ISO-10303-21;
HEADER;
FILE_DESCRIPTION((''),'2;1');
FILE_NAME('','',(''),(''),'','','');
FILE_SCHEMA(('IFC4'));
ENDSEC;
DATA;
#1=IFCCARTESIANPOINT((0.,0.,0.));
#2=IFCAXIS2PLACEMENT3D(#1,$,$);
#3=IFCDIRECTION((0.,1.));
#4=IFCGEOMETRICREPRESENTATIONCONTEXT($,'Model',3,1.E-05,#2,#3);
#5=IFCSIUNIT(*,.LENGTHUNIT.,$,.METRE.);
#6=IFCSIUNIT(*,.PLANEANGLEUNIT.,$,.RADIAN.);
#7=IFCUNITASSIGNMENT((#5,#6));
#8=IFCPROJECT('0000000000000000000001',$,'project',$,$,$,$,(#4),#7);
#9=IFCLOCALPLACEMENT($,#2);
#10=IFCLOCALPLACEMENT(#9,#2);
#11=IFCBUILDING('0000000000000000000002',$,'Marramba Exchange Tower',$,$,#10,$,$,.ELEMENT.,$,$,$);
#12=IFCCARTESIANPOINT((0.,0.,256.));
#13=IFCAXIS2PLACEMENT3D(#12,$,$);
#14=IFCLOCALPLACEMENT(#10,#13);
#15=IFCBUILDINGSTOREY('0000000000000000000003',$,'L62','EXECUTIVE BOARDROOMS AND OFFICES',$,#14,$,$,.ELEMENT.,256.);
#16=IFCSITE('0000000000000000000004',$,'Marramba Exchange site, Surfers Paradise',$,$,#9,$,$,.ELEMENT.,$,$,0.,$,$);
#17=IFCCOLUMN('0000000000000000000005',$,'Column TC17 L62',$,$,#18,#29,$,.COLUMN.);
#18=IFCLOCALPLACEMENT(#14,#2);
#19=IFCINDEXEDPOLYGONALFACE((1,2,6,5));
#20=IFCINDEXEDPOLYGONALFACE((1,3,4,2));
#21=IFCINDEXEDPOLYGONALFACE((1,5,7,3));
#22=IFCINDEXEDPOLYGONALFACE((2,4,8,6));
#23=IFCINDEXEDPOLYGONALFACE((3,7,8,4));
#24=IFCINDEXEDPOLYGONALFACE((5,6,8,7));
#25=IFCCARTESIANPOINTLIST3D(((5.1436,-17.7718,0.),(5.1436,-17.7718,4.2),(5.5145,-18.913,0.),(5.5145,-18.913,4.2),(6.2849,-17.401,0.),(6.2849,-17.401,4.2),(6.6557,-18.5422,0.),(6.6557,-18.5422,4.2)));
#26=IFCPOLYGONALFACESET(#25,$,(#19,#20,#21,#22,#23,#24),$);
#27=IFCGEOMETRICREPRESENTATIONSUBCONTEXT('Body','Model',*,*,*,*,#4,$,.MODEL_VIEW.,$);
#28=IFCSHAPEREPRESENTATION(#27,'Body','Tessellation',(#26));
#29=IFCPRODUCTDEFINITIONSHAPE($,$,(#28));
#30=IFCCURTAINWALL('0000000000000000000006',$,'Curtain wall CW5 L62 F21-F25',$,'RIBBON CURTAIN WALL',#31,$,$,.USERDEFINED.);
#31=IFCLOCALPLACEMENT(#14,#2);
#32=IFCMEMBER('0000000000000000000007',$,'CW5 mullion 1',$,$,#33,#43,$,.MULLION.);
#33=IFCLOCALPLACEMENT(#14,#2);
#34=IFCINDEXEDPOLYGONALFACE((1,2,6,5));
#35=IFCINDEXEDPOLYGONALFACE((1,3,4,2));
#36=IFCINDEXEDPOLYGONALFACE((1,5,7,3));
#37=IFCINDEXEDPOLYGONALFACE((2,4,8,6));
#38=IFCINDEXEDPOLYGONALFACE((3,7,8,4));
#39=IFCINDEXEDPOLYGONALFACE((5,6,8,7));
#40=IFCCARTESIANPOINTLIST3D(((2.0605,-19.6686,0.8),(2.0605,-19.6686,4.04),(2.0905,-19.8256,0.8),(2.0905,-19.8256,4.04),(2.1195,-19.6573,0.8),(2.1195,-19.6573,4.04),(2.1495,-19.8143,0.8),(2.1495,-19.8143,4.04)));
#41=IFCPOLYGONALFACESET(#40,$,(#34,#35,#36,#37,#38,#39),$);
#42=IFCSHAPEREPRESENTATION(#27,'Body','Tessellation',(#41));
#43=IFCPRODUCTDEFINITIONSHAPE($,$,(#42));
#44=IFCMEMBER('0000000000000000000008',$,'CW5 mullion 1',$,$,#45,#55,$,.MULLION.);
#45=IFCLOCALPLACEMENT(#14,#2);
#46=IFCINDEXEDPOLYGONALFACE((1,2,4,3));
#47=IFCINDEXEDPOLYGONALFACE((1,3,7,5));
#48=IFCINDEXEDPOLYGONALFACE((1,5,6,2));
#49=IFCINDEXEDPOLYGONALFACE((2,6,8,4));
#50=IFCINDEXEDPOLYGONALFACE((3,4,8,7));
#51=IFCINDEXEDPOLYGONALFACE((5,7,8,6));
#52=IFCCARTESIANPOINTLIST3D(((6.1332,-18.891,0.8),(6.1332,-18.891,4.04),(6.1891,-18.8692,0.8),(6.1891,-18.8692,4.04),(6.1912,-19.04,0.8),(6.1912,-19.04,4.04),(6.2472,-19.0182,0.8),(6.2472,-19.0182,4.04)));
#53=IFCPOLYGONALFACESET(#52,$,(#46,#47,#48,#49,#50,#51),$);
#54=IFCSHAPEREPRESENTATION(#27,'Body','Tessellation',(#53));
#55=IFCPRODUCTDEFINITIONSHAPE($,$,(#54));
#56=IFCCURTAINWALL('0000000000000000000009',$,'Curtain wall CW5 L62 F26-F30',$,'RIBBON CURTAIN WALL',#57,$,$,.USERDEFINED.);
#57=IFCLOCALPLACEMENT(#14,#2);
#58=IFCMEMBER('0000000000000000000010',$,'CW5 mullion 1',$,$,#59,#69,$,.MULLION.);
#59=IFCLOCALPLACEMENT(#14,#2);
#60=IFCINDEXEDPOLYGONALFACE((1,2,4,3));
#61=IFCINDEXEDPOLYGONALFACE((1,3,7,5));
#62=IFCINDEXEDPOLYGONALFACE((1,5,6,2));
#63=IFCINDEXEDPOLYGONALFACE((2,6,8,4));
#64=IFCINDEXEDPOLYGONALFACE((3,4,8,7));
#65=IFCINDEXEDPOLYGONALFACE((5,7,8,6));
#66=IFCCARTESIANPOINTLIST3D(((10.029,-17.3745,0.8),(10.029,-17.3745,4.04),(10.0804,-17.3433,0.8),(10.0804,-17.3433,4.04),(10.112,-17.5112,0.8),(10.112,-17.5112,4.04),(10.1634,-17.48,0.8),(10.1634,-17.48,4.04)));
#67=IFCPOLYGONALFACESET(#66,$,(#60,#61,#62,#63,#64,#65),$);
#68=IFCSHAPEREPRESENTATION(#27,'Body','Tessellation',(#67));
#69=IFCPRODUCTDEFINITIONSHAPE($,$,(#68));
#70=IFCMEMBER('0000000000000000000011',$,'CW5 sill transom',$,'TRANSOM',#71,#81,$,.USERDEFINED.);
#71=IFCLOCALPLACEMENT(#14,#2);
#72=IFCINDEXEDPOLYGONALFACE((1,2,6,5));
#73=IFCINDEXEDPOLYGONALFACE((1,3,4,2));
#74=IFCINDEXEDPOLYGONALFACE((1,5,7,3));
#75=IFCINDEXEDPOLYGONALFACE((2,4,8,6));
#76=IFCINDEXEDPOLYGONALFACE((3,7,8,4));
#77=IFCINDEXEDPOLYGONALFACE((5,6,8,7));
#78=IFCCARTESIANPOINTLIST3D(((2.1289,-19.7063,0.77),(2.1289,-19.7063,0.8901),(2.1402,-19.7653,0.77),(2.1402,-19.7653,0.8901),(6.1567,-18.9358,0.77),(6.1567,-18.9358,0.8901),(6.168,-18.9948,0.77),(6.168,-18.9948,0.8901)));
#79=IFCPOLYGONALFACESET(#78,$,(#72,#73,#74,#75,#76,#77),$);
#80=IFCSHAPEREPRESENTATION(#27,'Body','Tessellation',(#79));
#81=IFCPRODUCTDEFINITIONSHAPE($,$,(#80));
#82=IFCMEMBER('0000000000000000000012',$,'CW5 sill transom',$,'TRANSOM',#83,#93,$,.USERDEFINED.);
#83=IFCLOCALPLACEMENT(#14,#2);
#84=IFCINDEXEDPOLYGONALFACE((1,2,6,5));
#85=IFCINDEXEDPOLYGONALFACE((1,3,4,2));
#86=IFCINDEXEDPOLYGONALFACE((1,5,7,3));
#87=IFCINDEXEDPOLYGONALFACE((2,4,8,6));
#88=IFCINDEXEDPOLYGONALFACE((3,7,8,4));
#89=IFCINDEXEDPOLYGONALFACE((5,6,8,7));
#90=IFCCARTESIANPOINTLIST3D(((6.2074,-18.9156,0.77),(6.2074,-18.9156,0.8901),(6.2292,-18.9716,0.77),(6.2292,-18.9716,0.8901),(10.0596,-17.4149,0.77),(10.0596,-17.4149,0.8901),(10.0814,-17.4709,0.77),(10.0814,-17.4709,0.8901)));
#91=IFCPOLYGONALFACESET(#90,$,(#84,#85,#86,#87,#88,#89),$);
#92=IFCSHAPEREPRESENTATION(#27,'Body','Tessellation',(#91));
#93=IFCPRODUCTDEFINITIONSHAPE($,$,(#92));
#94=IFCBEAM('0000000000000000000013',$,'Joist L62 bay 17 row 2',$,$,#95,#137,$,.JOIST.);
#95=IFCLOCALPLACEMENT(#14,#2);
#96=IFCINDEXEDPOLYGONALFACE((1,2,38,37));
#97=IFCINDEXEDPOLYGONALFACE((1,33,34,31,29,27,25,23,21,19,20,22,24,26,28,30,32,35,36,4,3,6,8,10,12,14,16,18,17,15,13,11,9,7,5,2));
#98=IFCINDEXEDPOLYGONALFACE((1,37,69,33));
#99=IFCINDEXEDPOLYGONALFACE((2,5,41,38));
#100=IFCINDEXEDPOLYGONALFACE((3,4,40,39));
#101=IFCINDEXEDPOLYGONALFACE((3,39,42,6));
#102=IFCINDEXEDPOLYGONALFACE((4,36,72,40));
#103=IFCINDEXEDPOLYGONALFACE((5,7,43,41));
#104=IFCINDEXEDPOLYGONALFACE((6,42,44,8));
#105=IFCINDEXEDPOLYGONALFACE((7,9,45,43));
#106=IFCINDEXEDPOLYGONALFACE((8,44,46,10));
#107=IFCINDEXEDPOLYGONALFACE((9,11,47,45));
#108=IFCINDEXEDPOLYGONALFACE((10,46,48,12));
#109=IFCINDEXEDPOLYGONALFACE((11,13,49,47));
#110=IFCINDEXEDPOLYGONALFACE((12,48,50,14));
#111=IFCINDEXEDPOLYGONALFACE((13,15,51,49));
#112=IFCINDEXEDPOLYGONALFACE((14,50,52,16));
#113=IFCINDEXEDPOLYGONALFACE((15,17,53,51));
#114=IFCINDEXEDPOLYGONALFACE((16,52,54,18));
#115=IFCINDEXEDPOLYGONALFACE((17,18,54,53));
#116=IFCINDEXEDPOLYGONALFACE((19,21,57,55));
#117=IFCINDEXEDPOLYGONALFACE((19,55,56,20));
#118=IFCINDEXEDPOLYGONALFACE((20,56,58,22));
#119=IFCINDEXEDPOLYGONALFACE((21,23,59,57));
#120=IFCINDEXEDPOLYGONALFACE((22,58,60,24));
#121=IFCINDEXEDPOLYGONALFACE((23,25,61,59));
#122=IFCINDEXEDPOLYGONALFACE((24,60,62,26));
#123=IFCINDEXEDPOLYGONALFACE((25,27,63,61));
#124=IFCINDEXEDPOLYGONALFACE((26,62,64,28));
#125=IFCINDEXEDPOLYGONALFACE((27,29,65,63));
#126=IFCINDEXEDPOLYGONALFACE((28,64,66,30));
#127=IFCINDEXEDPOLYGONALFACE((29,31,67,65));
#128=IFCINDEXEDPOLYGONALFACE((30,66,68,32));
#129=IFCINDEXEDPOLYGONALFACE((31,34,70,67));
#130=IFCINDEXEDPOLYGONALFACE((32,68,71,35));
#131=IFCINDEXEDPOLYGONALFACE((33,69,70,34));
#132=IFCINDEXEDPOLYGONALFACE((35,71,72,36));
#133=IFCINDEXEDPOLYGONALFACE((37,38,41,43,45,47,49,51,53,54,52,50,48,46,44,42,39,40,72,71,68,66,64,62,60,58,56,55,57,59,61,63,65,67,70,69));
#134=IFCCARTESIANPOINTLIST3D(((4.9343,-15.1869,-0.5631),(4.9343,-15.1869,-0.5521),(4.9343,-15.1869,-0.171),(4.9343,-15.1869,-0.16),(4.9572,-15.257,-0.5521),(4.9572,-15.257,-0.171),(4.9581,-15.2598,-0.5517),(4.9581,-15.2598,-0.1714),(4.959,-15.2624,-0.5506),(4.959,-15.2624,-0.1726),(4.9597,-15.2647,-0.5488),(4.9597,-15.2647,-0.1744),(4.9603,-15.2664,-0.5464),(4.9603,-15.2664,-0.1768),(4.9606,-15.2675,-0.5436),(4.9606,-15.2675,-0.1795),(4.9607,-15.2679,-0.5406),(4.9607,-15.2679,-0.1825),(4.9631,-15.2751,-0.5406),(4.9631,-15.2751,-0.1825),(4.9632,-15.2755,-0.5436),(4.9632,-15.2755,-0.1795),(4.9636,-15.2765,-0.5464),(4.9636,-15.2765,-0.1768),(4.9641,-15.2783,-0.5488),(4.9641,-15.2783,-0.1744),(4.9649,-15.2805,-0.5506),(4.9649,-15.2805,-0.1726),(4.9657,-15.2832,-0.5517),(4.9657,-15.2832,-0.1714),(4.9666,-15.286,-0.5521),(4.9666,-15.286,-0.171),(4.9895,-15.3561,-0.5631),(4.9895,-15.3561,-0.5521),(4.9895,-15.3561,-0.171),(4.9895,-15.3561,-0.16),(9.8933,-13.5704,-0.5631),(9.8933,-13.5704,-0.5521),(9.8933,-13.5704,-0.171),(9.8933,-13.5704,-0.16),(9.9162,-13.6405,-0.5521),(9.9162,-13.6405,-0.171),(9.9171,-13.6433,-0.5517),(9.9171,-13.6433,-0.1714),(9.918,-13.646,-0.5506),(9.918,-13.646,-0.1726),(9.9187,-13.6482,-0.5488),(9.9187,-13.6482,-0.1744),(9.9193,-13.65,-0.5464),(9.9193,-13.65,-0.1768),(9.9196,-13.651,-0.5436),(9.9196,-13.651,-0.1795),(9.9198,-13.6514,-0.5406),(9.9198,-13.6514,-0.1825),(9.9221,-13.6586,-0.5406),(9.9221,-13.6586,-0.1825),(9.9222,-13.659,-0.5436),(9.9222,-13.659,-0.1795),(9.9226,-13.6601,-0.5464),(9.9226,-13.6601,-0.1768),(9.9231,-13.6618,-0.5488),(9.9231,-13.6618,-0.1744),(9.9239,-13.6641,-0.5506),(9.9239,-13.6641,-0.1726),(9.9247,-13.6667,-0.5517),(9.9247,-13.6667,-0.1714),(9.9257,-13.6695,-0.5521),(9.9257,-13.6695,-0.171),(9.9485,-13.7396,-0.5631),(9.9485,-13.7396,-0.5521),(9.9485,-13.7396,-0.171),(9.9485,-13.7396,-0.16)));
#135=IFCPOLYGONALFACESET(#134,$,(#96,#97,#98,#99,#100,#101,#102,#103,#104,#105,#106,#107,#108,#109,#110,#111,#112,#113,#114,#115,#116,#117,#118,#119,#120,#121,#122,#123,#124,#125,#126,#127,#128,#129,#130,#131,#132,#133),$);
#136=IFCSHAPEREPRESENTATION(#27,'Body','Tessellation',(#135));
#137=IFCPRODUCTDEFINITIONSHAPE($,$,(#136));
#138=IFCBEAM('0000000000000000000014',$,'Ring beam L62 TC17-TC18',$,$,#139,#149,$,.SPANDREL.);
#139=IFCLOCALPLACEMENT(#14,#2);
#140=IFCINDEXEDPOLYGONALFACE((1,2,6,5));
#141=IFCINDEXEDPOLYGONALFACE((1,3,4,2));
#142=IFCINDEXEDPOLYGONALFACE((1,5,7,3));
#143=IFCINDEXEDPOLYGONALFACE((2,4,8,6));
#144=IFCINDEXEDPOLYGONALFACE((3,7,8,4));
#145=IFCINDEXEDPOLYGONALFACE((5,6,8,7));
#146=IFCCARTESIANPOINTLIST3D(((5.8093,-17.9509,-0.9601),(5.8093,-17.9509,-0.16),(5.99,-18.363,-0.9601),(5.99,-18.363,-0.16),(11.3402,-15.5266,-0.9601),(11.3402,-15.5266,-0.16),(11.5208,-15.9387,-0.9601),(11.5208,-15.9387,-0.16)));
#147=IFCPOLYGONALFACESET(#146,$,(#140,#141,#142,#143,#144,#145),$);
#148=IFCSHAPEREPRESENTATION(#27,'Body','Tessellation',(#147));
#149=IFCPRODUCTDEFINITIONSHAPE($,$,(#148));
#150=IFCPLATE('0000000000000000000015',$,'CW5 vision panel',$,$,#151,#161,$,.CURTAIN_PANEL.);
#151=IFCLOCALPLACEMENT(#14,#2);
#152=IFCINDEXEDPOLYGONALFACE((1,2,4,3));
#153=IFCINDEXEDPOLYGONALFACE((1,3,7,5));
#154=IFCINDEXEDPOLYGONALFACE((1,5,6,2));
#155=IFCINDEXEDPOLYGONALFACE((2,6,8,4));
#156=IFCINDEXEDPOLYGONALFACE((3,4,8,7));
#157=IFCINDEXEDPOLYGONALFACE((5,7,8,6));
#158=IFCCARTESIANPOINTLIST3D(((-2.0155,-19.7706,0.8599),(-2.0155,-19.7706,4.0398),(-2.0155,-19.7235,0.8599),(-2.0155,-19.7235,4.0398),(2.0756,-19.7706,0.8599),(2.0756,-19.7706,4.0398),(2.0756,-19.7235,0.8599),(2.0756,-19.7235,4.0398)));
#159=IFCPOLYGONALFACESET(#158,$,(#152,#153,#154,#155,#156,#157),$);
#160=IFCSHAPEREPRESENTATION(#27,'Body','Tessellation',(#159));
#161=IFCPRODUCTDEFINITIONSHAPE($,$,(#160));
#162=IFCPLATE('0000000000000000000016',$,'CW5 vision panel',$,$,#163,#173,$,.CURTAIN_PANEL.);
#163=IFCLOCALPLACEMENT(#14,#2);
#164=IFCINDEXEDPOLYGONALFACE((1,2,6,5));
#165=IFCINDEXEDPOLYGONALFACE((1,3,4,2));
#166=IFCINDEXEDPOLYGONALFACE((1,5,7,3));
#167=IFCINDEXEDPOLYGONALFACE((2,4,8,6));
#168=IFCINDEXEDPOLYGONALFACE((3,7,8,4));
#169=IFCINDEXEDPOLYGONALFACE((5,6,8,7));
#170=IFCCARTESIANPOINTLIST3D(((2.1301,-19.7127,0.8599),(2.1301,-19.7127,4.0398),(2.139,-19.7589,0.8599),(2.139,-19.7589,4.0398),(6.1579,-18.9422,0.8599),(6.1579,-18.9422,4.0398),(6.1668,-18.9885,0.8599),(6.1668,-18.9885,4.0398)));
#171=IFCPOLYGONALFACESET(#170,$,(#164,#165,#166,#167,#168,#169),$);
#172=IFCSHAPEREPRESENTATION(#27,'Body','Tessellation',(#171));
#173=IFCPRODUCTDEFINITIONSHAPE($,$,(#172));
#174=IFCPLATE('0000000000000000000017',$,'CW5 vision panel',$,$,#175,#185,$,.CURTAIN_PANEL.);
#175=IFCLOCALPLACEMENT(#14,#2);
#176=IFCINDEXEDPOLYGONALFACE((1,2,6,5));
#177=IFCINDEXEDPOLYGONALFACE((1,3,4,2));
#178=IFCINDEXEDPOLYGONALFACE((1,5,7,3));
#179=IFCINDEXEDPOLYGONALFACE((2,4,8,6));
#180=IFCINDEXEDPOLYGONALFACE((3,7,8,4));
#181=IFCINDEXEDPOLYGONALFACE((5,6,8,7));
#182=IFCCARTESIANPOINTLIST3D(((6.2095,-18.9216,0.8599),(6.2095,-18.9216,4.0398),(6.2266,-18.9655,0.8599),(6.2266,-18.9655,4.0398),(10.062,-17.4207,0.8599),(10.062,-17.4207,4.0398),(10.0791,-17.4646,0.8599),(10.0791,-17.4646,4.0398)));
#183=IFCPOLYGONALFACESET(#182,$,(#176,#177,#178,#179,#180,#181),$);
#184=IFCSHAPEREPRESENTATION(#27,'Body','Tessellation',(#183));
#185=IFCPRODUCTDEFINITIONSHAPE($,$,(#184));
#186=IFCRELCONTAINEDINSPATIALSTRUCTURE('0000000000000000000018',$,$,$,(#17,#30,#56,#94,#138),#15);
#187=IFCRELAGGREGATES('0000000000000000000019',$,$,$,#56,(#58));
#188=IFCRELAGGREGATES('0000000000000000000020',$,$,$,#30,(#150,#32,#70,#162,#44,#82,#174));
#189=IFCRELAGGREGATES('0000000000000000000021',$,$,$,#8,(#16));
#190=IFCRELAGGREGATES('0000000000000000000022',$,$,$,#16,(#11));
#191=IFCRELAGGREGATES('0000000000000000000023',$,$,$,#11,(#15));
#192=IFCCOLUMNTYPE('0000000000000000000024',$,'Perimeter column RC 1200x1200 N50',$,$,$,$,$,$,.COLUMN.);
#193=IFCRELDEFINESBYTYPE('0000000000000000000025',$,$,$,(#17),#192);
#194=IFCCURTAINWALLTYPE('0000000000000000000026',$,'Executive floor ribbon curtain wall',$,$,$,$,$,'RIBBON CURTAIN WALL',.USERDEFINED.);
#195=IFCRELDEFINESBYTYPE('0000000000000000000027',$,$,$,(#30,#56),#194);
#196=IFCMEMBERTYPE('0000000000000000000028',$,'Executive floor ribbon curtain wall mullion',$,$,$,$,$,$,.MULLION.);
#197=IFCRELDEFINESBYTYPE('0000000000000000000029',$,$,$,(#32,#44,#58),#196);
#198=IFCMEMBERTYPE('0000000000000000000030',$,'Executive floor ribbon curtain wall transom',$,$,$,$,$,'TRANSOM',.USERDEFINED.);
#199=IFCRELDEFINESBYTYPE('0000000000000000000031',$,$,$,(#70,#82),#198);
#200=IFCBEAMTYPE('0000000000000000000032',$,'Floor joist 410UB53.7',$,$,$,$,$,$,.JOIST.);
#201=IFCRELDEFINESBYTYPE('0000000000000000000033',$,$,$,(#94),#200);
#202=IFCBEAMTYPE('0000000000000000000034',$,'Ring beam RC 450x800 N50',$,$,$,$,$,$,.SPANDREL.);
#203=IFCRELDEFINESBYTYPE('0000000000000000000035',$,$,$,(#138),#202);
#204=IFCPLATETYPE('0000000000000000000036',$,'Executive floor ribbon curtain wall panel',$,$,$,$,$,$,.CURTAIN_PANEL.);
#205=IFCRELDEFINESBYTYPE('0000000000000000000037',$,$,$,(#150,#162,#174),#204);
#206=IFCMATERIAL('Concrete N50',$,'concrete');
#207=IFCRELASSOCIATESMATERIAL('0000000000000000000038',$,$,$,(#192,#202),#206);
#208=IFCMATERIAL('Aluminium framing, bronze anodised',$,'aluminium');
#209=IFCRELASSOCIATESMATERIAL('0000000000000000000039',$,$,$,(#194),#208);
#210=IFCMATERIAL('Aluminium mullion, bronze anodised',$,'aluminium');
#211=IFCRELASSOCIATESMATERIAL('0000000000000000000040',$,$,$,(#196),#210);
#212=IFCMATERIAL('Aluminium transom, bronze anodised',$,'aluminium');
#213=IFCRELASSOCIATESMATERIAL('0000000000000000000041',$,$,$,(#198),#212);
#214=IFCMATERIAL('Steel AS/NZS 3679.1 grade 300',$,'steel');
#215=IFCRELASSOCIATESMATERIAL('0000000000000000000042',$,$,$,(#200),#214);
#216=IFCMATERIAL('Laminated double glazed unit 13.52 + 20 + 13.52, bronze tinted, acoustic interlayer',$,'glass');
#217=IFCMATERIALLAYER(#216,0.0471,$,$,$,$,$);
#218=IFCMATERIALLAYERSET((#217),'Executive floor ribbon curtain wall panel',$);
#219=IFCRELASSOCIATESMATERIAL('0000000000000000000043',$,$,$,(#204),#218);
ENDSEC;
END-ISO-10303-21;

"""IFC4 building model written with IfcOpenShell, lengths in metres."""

from ifc_helpers import new_model, si_unit, direction, frame, origin, origin_2d, place, context, subcontext, project, spatial, rectangle, i_section, extrude, material, layer, layer_set, material_profile, profile_set, type_object, element, aggregate, save


model = new_model("IFC4")

# Units and contexts
model_context = context("Model", 3, precision=1e-05, world=origin(), true_north=direction((0.0, 1.0)))
body_context = subcontext(model_context, "Body", "Model", "MODEL_VIEW")
ifc_project = project(units=[si_unit("LENGTHUNIT", "METRE"), si_unit("PLANEANGLEUNIT", "RADIAN")], contexts=[model_context])

# Site, building, storey
site_placement = place(None, origin())
site = spatial("IfcSite", under=ifc_project, at=site_placement, Name="Marramba Exchange site, Surfers Paradise", CompositionType="ELEMENT", RefElevation=0.0)
building_placement = place(site_placement, origin())
building = spatial("IfcBuilding", under=site, at=building_placement, Name="Marramba Exchange Tower", CompositionType="ELEMENT")
storey_placement = place(building_placement, frame((0.0, 0.0, 256.0)))
storey = spatial("IfcBuildingStorey", under=building, at=storey_placement, Name="L62", Description="EXECUTIVE BOARDROOMS AND OFFICES", CompositionType="ELEMENT", Elevation=256.0)

# Column
ifc_material_1 = material(Name="Concrete N50", Category="concrete")
ifc_material_profile_1 = material_profile(ifc_material_1, rectangle(XDim=1.2, YDim=1.2, at=origin_2d()), Name="RC 1200x1200")
ifc_profile_set_1 = profile_set([ifc_material_profile_1], Name="Concrete N50")
column_type = type_object("IfcColumnType", Name="Perimeter column RC 1200x1200 N50", PredefinedType="COLUMN", material=ifc_profile_set_1)
column_placement = place(storey_placement, frame((5.8997, -18.157, 0.0), z_axis=(0.0, 0.0, 1.0), x_axis=(0.309017, -0.951057, 0.0)))
element("IfcColumn", 1, at=column_placement, inside=storey, type_object=column_type, Name="Column TC17 L62", PredefinedType="COLUMN", context=body_context, shape_type="SweptSolid", body=[
    extrude(rectangle(XDim=1.2, YDim=1.2, at=origin_2d()), origin(), (0.0, 0.0, 1.0), 4.2),
])

# Curtain wall, members
ifc_material_2 = material(Name="Aluminium framing, bronze anodised", Category="aluminium")
curtain_wall_type = type_object("IfcCurtainWallType", Name="Executive floor ribbon curtain wall", ElementType="RIBBON CURTAIN WALL", PredefinedType="USERDEFINED", material=ifc_material_2)
curtain_wall_1_placement = place(storey_placement, origin())
curtain_wall_1 = element("IfcCurtainWall", 2, at=curtain_wall_1_placement, inside=storey, type_object=curtain_wall_type, Name="Curtain wall CW5 L62 F21-F25", ObjectType="RIBBON CURTAIN WALL", PredefinedType="USERDEFINED")
ifc_material_3 = material(Name="Aluminium mullion, bronze anodised", Category="aluminium")
ifc_material_profile_2 = material_profile(ifc_material_3, rectangle(XDim=0.1599, YDim=0.0601, at=origin_2d()), Name="CW5 mullion 60x160")
ifc_profile_set_2 = profile_set([ifc_material_profile_2], Name="Aluminium mullion, bronze anodised")
member_type_1 = type_object("IfcMemberType", Name="Executive floor ribbon curtain wall mullion", PredefinedType="MULLION", material=ifc_profile_set_2)
member_1_placement = place(storey_placement, frame((2.105, -19.7415, 0.8), z_axis=(0.0, 0.0, 1.0), x_axis=(-0.187873, 0.982193, 0.0)))
member_1 = element("IfcMember", 3, at=member_1_placement, type_object=member_type_1, Name="CW5 mullion 1", PredefinedType="MULLION", context=body_context, shape_type="SweptSolid", body=[
    extrude(rectangle(XDim=0.1599, YDim=0.0601, at=origin_2d()), origin(), (0.0, 0.0, 1.0), 3.24),
])
member_2_placement = place(storey_placement, frame((6.1902, -18.9546, 0.8), z_axis=(0.0, 0.0, 1.0), x_axis=(-0.36301, 0.931785, 0.0)))
member_2 = element("IfcMember", 4, at=member_2_placement, type_object=member_type_1, Name="CW5 mullion 1", PredefinedType="MULLION", context=body_context, shape_type="SweptSolid", body=[
    extrude(rectangle(XDim=0.1599, YDim=0.0601, at=origin_2d()), origin(), (0.0, 0.0, 1.0), 3.24),
])

# Curtain wall, member
curtain_wall_2_placement = place(storey_placement, origin())
curtain_wall_2 = element("IfcCurtainWall", 5, at=curtain_wall_2_placement, inside=storey, type_object=curtain_wall_type, Name="Curtain wall CW5 L62 F26-F30", ObjectType="RIBBON CURTAIN WALL", PredefinedType="USERDEFINED")
member_3_placement = place(storey_placement, frame((10.0962, -17.4272, 0.8), z_axis=(0.0, 0.0, 1.0), x_axis=(-0.519115, 0.854704, 0.0)))
member_3 = element("IfcMember", 6, at=member_3_placement, type_object=member_type_1, Name="CW5 mullion 1", PredefinedType="MULLION", context=body_context, shape_type="SweptSolid", body=[
    extrude(rectangle(XDim=0.1599, YDim=0.0601, at=origin_2d()), origin(), (0.0, 0.0, 1.0), 3.24),
])
aggregate(curtain_wall_2, [member_3])

# Members
ifc_material_4 = material(Name="Aluminium transom, bronze anodised", Category="aluminium")
ifc_material_profile_3 = material_profile(ifc_material_4, rectangle(XDim=0.0601, YDim=0.1201, at=origin_2d()), Name="CW5 transom 60x120")
ifc_profile_set_3 = profile_set([ifc_material_profile_3], Name="Aluminium transom, bronze anodised")
member_type_2 = type_object("IfcMemberType", Name="Executive floor ribbon curtain wall transom", ElementType="TRANSOM", PredefinedType="USERDEFINED", material=ifc_profile_set_3)
member_4_placement = place(storey_placement, frame((2.1345, -19.7358, 0.8301), z_axis=(0.98219, 0.187889, 0.0), x_axis=(-0.187889, 0.98219, 0.0)))
member_4 = element("IfcMember", 7, at=member_4_placement, type_object=member_type_2, Name="CW5 sill transom", ObjectType="TRANSOM", PredefinedType="USERDEFINED", context=body_context, shape_type="SweptSolid", body=[
    extrude(rectangle(XDim=0.0601, YDim=0.1201, at=origin_2d()), origin(), (0.0, 0.0, 1.0), 4.1008),
])
member_5_placement = place(storey_placement, frame((6.2183, -18.9436, 0.8301), z_axis=(0.931791, 0.362996, 0.0), x_axis=(-0.362996, 0.931791, 0.0)))
member_5 = element("IfcMember", 8, at=member_5_placement, type_object=member_type_2, Name="CW5 sill transom", ObjectType="TRANSOM", PredefinedType="USERDEFINED", context=body_context, shape_type="SweptSolid", body=[
    extrude(rectangle(XDim=0.0601, YDim=0.1201, at=origin_2d()), origin(), (0.0, 0.0, 1.0), 4.1343),
])

# Beams
ifc_material_5 = material(Name="Steel AS/NZS 3679.1 grade 300", Category="steel")
ifc_material_profile_4 = material_profile(ifc_material_5, i_section(OverallWidth=0.178, OverallDepth=0.4031, WebThickness=0.0076, FlangeThickness=0.011, FilletRadius=0.0115, at=origin_2d()), Name="410UB53.7")
ifc_profile_set_4 = profile_set([ifc_material_profile_4], Name="Steel AS/NZS 3679.1 grade 300")
beam_type_1 = type_object("IfcBeamType", Name="Floor joist 410UB53.7", PredefinedType="JOIST", material=ifc_profile_set_4)
beam_1_placement = place(storey_placement, frame((4.9619, -15.2715, -0.3616), z_axis=(0.950764, 0.309916, 0.0), x_axis=(-0.309916, 0.950764, 0.0)))
element("IfcBeam", 9, at=beam_1_placement, inside=storey, type_object=beam_type_1, Name="Joist L62 bay 17 row 2", PredefinedType="JOIST", context=body_context, shape_type="SweptSolid", body=[
    extrude(i_section(OverallWidth=0.178, OverallDepth=0.4031, WebThickness=0.0076, FlangeThickness=0.011, FilletRadius=0.0115, at=origin_2d()), origin(), (0.0, 0.0, 1.0), 5.2158),
])
ifc_material_profile_5 = material_profile(ifc_material_1, rectangle(XDim=0.45, YDim=0.8, at=origin_2d()), Name="RC 450x800")
ifc_profile_set_5 = profile_set([ifc_material_profile_5], Name="Concrete N50")
beam_type_2 = type_object("IfcBeamType", Name="Ring beam RC 450x800 N50", PredefinedType="SPANDREL", material=ifc_profile_set_5)
beam_2_placement = place(storey_placement, frame((5.8997, -18.157, -0.5601), z_axis=(0.915877, 0.401459, 0.0), x_axis=(-0.401459, 0.915877, 0.0)))
element("IfcBeam", 10, at=beam_2_placement, inside=storey, type_object=beam_type_2, Name="Ring beam L62 TC17-TC18", PredefinedType="SPANDREL", context=body_context, shape_type="SweptSolid", body=[
    extrude(rectangle(XDim=0.45, YDim=0.8, at=origin_2d()), origin(), (0.0, 0.0, 1.0), 6.0388),
])

# Plates
ifc_material_6 = material(Name="Laminated double glazed unit 13.52 + 20 + 13.52, bronze tinted, acoustic interlayer", Category="glass")
ifc_layer_1 = layer(ifc_material_6, 0.0471)
ifc_layer_set_1 = layer_set([ifc_layer_1], Name="Executive floor ribbon curtain wall panel")
plate_type = type_object("IfcPlateType", Name="Executive floor ribbon curtain wall panel", PredefinedType="CURTAIN_PANEL", material=ifc_layer_set_1)
plate_1_placement = place(storey_placement, frame((0.03, -19.7471, 0.8599), z_axis=(0.0, 0.0, 1.0), x_axis=(1.0, 0.0, 0.0)))
plate_1 = element("IfcPlate", 11, at=plate_1_placement, type_object=plate_type, Name="CW5 vision panel", PredefinedType="CURTAIN_PANEL", context=body_context, shape_type="SweptSolid", body=[
    extrude(rectangle(XDim=4.0911, YDim=0.0471, at=origin_2d()), origin(), (0.0, 0.0, 1.0), 3.1799),
])
plate_2_placement = place(storey_placement, frame((4.1484, -19.3506, 0.8599), z_axis=(0.0, 0.0, 1.0), x_axis=(0.982193, 0.187873, 0.0)))
plate_2 = element("IfcPlate", 12, at=plate_2_placement, type_object=plate_type, Name="CW5 vision panel", PredefinedType="CURTAIN_PANEL", context=body_context, shape_type="SweptSolid", body=[
    extrude(rectangle(XDim=4.1008, YDim=0.0471, at=origin_2d()), origin(), (0.0, 0.0, 1.0), 3.1799),
])
plate_3_placement = place(storey_placement, frame((8.1443, -18.1931, 0.8599), z_axis=(0.0, 0.0, 1.0), x_axis=(0.931785, 0.36301, 0.0)))
plate_3 = element("IfcPlate", 13, at=plate_3_placement, type_object=plate_type, Name="CW5 vision panel", PredefinedType="CURTAIN_PANEL", context=body_context, shape_type="SweptSolid", body=[
    extrude(rectangle(XDim=4.1345, YDim=0.0471, at=origin_2d()), origin(), (0.0, 0.0, 1.0), 3.1799),
])
aggregate(curtain_wall_1, [plate_1, member_1, member_4, plate_2, member_2, member_5, plate_3])

save(model, "model.ifc")
